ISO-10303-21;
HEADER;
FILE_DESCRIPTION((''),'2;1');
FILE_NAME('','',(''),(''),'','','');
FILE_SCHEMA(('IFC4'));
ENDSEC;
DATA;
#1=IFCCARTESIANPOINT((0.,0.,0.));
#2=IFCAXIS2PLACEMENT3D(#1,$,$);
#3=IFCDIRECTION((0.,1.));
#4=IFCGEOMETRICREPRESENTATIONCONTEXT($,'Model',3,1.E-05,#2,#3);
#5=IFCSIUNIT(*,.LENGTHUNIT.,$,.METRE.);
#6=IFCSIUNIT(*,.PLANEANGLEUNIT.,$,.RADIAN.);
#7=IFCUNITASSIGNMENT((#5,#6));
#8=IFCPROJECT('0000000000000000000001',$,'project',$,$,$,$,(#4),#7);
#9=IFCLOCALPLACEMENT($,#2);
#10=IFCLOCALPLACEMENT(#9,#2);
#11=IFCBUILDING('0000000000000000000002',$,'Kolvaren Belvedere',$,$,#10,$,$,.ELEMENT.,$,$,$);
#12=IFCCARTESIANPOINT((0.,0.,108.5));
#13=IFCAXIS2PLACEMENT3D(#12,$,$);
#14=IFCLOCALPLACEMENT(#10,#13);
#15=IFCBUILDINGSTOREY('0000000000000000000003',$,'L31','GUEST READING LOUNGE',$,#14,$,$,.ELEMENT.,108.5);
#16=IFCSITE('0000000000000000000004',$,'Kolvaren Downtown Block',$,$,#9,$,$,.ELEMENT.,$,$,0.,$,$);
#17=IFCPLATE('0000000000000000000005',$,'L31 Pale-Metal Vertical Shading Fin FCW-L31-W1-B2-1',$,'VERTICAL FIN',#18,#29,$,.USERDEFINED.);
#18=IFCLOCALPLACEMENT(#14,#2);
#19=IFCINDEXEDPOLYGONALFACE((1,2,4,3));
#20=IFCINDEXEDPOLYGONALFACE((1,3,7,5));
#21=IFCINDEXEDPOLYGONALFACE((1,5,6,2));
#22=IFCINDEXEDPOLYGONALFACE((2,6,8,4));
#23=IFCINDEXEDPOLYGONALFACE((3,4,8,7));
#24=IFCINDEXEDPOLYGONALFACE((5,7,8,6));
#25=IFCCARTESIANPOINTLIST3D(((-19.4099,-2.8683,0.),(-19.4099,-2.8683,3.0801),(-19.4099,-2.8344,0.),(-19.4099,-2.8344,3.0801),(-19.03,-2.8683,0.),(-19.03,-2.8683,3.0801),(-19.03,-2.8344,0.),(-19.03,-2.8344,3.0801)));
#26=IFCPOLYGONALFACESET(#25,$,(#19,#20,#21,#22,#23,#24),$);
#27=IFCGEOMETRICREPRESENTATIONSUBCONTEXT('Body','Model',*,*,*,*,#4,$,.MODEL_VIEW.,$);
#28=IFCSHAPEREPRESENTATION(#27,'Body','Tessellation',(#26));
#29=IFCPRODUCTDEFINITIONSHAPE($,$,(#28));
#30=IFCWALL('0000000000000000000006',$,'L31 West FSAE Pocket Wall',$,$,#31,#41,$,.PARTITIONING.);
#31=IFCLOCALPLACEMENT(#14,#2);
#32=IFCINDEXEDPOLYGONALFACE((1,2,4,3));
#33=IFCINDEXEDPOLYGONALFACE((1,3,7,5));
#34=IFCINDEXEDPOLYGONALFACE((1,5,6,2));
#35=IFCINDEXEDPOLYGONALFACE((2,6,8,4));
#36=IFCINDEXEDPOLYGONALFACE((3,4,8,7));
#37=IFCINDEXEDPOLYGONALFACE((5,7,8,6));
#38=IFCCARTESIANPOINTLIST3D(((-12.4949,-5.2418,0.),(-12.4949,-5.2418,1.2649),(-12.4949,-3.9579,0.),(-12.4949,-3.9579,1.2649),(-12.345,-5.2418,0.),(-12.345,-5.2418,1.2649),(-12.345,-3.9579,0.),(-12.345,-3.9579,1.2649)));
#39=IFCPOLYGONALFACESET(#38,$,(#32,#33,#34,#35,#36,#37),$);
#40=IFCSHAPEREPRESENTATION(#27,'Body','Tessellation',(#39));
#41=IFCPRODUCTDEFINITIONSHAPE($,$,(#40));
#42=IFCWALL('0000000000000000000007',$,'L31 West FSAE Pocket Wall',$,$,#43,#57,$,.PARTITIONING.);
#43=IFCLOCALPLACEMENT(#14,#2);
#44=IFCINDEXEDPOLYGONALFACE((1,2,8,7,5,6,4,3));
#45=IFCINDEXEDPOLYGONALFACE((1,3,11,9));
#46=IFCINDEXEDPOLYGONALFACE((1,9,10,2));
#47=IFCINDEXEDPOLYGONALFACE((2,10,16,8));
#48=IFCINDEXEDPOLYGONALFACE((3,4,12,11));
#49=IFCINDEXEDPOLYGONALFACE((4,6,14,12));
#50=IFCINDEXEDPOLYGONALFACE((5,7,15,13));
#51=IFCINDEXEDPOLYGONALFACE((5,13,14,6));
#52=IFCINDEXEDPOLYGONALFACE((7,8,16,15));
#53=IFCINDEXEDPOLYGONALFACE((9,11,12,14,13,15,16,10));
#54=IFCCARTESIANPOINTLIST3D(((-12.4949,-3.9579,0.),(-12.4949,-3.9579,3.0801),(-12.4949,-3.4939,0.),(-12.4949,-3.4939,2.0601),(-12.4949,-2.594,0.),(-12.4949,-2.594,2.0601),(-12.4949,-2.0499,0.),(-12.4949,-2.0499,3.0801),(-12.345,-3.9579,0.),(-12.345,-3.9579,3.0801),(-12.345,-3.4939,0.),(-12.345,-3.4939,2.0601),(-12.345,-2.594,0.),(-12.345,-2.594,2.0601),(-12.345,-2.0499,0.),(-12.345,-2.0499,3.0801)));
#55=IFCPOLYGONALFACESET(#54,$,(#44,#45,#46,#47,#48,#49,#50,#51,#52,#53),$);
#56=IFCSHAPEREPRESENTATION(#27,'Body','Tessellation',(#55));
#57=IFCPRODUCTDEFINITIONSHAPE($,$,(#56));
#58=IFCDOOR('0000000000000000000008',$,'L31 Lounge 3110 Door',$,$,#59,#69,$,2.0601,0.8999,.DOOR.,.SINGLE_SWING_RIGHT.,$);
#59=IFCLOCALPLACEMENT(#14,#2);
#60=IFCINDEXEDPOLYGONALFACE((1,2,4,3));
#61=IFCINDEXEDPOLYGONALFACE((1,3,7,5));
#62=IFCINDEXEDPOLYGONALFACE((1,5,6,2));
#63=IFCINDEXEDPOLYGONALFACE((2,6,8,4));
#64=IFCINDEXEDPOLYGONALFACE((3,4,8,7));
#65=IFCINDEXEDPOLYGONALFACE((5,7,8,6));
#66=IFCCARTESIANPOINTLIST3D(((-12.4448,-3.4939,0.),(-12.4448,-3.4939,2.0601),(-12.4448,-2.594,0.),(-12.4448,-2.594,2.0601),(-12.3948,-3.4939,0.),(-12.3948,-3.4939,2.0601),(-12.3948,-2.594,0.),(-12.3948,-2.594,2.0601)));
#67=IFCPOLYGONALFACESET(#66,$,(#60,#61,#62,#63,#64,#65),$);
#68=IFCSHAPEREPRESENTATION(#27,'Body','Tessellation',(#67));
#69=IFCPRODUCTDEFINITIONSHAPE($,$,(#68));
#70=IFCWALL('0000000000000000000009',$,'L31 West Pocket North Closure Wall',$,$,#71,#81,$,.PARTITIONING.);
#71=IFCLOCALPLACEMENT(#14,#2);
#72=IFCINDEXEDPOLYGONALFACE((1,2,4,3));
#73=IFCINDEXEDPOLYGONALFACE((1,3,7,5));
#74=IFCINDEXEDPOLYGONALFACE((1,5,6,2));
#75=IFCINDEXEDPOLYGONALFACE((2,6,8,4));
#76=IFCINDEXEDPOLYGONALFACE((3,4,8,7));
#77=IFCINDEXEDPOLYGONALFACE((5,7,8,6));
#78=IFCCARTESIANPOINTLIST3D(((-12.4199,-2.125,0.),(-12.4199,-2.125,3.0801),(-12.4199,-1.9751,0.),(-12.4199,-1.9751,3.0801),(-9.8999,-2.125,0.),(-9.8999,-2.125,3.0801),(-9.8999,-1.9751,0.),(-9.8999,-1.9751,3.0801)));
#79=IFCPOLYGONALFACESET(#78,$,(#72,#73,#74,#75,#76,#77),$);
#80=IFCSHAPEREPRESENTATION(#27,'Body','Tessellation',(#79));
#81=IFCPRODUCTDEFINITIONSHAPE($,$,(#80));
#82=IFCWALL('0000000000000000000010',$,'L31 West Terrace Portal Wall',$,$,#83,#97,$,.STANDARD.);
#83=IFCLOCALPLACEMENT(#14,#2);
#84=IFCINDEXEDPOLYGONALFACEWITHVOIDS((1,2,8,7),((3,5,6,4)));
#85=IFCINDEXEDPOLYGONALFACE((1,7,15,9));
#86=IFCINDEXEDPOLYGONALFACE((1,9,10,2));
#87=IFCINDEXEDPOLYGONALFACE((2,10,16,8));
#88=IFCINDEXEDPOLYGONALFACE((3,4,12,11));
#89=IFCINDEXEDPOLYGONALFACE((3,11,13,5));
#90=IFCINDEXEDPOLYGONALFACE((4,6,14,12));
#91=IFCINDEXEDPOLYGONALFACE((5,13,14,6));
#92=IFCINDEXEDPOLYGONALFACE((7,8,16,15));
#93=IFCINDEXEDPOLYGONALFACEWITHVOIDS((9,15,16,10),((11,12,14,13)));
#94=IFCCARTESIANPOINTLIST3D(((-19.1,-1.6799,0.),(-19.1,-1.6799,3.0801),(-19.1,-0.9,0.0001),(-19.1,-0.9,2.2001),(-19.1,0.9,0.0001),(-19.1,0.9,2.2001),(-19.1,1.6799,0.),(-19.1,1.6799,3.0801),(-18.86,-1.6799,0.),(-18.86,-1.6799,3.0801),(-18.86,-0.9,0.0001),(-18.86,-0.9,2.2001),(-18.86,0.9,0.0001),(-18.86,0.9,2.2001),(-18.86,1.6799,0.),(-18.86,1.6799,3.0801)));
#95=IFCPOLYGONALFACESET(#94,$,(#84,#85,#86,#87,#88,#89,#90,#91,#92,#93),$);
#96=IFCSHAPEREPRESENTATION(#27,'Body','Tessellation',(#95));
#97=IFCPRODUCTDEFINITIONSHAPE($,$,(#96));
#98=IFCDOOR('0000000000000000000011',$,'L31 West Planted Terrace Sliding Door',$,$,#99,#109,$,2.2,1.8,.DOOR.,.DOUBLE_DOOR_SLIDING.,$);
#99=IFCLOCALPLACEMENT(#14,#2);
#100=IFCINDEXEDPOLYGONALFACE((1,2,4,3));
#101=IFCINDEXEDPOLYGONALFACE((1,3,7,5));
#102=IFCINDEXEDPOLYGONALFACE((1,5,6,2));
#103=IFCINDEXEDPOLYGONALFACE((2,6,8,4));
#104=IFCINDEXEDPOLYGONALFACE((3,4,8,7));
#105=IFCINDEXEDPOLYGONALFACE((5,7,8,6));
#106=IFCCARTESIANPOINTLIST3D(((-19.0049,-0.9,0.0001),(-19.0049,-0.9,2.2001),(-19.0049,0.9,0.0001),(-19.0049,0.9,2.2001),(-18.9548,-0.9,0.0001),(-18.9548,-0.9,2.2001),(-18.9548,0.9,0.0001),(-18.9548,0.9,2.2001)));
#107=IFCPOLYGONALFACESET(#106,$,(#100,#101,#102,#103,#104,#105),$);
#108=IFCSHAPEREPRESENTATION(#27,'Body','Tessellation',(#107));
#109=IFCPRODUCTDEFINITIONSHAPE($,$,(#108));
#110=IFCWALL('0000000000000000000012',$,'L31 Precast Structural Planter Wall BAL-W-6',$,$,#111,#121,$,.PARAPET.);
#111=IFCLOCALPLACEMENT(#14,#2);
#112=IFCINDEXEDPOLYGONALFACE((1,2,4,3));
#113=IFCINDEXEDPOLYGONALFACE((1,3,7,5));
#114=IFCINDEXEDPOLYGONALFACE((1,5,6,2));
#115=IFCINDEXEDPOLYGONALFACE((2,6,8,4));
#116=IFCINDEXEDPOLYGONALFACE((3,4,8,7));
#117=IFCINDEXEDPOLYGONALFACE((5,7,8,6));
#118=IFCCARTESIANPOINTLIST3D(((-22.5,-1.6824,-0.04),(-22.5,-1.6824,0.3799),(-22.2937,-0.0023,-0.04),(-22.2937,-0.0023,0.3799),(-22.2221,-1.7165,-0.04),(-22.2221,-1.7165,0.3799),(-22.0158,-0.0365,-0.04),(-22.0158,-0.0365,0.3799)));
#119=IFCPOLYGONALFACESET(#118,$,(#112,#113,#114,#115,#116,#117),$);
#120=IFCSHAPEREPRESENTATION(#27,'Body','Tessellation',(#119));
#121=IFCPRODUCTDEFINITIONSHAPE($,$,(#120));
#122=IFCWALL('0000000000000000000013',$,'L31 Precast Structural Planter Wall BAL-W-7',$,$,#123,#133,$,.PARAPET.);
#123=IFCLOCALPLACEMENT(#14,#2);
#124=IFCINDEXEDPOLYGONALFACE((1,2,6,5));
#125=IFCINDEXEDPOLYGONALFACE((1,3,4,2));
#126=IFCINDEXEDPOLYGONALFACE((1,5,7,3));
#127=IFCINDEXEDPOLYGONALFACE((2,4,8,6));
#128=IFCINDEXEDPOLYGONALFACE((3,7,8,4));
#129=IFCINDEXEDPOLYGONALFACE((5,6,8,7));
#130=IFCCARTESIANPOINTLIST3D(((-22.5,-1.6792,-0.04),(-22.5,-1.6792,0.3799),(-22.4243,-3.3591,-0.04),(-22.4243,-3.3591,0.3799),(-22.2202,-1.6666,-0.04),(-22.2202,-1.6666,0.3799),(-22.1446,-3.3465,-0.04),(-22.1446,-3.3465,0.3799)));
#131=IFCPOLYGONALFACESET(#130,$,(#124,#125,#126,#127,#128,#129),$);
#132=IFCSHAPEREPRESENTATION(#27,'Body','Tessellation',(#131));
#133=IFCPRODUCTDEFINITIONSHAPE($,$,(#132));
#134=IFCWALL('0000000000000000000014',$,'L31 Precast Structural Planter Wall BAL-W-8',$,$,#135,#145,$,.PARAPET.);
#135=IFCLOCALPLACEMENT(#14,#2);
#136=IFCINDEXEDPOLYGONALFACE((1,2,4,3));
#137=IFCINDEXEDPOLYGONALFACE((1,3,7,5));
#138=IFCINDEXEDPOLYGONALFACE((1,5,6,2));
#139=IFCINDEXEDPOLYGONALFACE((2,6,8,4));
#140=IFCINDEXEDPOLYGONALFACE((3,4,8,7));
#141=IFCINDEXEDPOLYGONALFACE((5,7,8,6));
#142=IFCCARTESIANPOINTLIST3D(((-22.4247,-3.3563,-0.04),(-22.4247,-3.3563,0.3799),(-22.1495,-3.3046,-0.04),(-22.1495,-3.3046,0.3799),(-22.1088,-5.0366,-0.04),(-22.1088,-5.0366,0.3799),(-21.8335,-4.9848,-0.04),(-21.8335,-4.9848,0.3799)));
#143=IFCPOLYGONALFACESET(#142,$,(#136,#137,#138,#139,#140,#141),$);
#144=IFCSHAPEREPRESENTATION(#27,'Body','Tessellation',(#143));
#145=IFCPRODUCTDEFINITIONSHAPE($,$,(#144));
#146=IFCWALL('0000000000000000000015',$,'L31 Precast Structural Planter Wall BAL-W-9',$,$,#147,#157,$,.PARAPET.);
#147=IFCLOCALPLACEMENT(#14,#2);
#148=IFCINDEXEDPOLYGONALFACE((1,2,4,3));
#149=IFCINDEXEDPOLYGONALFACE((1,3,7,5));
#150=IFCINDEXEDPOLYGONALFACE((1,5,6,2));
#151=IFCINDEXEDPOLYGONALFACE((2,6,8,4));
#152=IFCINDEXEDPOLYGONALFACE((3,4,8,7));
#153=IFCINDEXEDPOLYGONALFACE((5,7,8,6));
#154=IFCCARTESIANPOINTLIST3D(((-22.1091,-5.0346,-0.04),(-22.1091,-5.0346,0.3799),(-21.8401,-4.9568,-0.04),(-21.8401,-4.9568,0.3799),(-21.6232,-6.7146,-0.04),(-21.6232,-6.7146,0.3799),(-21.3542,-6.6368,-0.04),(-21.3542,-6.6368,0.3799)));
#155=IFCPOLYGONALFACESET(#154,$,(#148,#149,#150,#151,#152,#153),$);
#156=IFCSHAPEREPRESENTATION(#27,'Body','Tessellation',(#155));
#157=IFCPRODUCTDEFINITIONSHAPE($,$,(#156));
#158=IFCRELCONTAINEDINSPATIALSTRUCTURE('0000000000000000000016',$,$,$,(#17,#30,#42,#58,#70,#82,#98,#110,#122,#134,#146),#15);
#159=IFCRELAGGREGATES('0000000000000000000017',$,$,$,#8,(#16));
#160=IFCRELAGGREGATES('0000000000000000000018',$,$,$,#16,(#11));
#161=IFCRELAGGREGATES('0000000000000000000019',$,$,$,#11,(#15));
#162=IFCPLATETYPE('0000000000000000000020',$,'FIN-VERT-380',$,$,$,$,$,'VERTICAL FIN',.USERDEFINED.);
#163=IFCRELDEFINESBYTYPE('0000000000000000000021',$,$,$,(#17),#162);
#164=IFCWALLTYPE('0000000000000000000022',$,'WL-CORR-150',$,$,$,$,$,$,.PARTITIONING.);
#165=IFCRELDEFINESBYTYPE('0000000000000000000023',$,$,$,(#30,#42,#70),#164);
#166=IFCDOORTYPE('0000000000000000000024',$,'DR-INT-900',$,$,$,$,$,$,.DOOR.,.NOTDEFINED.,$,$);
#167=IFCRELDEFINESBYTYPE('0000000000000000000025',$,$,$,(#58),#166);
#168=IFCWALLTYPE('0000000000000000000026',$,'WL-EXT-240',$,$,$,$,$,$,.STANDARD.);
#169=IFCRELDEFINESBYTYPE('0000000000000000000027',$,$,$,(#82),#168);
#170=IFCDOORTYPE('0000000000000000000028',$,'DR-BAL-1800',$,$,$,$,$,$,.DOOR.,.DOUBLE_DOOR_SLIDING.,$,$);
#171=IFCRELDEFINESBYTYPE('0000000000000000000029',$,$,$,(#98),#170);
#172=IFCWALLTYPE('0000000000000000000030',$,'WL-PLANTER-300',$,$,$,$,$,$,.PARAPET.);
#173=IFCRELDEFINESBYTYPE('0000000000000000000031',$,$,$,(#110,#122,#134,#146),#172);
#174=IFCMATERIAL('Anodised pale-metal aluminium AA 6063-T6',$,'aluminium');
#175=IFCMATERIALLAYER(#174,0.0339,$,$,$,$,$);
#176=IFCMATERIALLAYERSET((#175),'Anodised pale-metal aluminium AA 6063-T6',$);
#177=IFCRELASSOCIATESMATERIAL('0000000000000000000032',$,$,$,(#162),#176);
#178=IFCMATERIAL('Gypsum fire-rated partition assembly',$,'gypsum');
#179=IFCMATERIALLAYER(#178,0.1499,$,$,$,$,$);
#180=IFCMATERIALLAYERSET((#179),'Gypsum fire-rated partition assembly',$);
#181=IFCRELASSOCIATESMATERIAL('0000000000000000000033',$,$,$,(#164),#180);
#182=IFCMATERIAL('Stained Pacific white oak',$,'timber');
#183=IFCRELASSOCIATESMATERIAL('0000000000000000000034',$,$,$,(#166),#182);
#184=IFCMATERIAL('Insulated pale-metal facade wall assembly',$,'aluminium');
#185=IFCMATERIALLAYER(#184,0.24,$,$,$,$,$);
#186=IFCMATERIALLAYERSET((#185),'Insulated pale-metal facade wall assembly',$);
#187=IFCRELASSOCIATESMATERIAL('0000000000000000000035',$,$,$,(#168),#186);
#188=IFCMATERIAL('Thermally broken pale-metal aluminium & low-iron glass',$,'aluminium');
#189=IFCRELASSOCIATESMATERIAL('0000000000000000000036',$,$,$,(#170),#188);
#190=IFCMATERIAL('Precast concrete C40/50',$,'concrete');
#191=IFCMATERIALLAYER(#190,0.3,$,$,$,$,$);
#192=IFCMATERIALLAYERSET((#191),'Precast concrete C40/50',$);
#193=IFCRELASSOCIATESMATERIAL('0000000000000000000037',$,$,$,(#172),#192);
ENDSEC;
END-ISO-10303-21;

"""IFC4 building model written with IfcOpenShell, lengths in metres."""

from ifc_helpers import new_model, si_unit, direction, frame, frame_2d, origin, origin_2d, place, context, subcontext, project, spatial, rectangle, extrude, material, layer, layer_set, type_object, element, fill, save


model = new_model("IFC4")

# Units and contexts
model_context = context("Model", 3, precision=1e-05, world=origin(), true_north=direction((0.0, 1.0)))
body_context = subcontext(model_context, "Body", "Model", "MODEL_VIEW")
ifc_project = project(units=[si_unit("LENGTHUNIT", "METRE"), si_unit("PLANEANGLEUNIT", "RADIAN")], contexts=[model_context])

# Site, building, storey
site_placement = place(None, origin())
site = spatial("IfcSite", under=ifc_project, at=site_placement, Name="Kolvaren Downtown Block", CompositionType="ELEMENT", RefElevation=0.0)
building_placement = place(site_placement, origin())
building = spatial("IfcBuilding", under=site, at=building_placement, Name="Kolvaren Belvedere", CompositionType="ELEMENT")
storey_placement = place(building_placement, frame((0.0, 0.0, 108.5)))
storey = spatial("IfcBuildingStorey", under=building, at=storey_placement, Name="L31", Description="GUEST READING LOUNGE", CompositionType="ELEMENT", Elevation=108.5)

# Plate
ifc_material_1 = material(Name="Anodised pale-metal aluminium AA 6063-T6", Category="aluminium")
ifc_layer_1 = layer(ifc_material_1, 0.0339)
ifc_layer_set_1 = layer_set([ifc_layer_1], Name="Anodised pale-metal aluminium AA 6063-T6")
plate_type_1 = type_object("IfcPlateType", Name="FIN-VERT-380", ElementType="VERTICAL FIN", PredefinedType="USERDEFINED", material=ifc_layer_set_1)
plate_1_placement = place(storey_placement, frame((-19.22, -2.8513, 0.0), z_axis=(0.0, 0.0, 1.0), x_axis=(1.0, 0.0, 0.0)))
element("IfcPlate", 1, at=plate_1_placement, inside=storey, type_object=plate_type_1, Name="L31 Pale-Metal Vertical Shading Fin FCW-L31-W1-B2-1", ObjectType="VERTICAL FIN", PredefinedType="USERDEFINED", context=body_context, shape_type="SweptSolid", body=[
    extrude(rectangle(XDim=0.3799, YDim=0.0339, at=origin_2d()), origin(), (0.0, 0.0, 1.0), 3.0801),
])

# Wall
ifc_material_2 = material(Name="Gypsum fire-rated partition assembly", Category="gypsum")
ifc_layer_2 = layer(ifc_material_2, 0.1499)
ifc_layer_set_2 = layer_set([ifc_layer_2], Name="Gypsum fire-rated partition assembly")
wall_type_1 = type_object("IfcWallType", Name="WL-CORR-150", PredefinedType="PARTITIONING", material=ifc_layer_set_2)
wall_1_placement = place(storey_placement, frame((-12.4199, -5.2419, 0.0), z_axis=(0.0, 0.0, 1.0), x_axis=(0.0, 1.0, 0.0)))
element("IfcWall", 2, at=wall_1_placement, inside=storey, type_object=wall_type_1, Name="L31 West FSAE Pocket Wall", PredefinedType="PARTITIONING", context=body_context, shape_type="SweptSolid", body=[
    extrude(rectangle(XDim=1.2839, YDim=0.1499, at=frame_2d((0.6421, 0.0))), origin(), (0.0, 0.0, 1.0), 1.2649),
])

# Wall, opening, door
wall_2_placement = place(storey_placement, frame((-12.4199, -3.958, 0.0), z_axis=(0.0, 0.0, 1.0), x_axis=(0.0, 1.0, 0.0)))
wall_2 = element("IfcWall", 3, at=wall_2_placement, inside=storey, type_object=wall_type_1, Name="L31 West FSAE Pocket Wall", PredefinedType="PARTITIONING", context=body_context, shape_type="SweptSolid", body=[
    extrude(rectangle(XDim=1.908, YDim=0.1499, at=frame_2d((0.9541, 0.0))), origin(), (0.0, 0.0, 1.0), 3.0801),
])
opening_1_placement = place(wall_2_placement, frame((0.4641, 0.0, 0.0)))
opening_1 = element("IfcOpeningElement", 4, at=opening_1_placement, cuts=wall_2, PredefinedType="OPENING", context=body_context, shape_type="SweptSolid", body=[
    extrude(rectangle(XDim=0.8999, YDim=2.0601, at=frame_2d((0.45, 1.03))), frame((0.0, 0.085, 0.0), z_axis=(0.0, -1.0, 0.0), x_axis=(1.0, 0.0, 0.0)), (0.0, 0.0, 1.0), 0.1699),
])
ifc_material_3 = material(Name="Stained Pacific white oak", Category="timber")
door_type_1 = type_object("IfcDoorType", Name="DR-INT-900", OperationType="NOTDEFINED", PredefinedType="DOOR", material=ifc_material_3)
door_1_placement = place(opening_1_placement, origin())
door_1 = element("IfcDoor", 5, at=door_1_placement, inside=storey, type_object=door_type_1, Name="L31 Lounge 3110 Door", OperationType="SINGLE_SWING_RIGHT", OverallHeight=2.0601, OverallWidth=0.8999, PredefinedType="DOOR", context=body_context, shape_type="SweptSolid", body=[
    extrude(rectangle(XDim=0.8999, YDim=2.0601, at=frame_2d((0.45, 1.03))), frame((0.0, 0.0249, 0.0), z_axis=(0.0, -1.0, 0.0), x_axis=(1.0, 0.0, 0.0)), (0.0, 0.0, 1.0), 0.05),
])
fill(opening_1, door_1)

# Wall
wall_3_placement = place(storey_placement, frame((-12.4199, -2.05, 0.0), z_axis=(0.0, 0.0, 1.0), x_axis=(1.0, 0.0, 0.0)))
element("IfcWall", 6, at=wall_3_placement, inside=storey, type_object=wall_type_1, Name="L31 West Pocket North Closure Wall", PredefinedType="PARTITIONING", context=body_context, shape_type="SweptSolid", body=[
    extrude(rectangle(XDim=2.52, YDim=0.1499, at=frame_2d((1.26, 0.0))), origin(), (0.0, 0.0, 1.0), 3.0801),
])

# Wall, opening, door
ifc_material_4 = material(Name="Insulated pale-metal facade wall assembly", Category="aluminium")
ifc_layer_3 = layer(ifc_material_4, 0.24)
ifc_layer_set_3 = layer_set([ifc_layer_3], Name="Insulated pale-metal facade wall assembly")
wall_type_2 = type_object("IfcWallType", Name="WL-EXT-240", PredefinedType="STANDARD", material=ifc_layer_set_3)
wall_4_placement = place(storey_placement, frame((-18.98, -1.6799, 0.0), z_axis=(0.0, 0.0, 1.0), x_axis=(0.0, 1.0, 0.0)))
wall_4 = element("IfcWall", 7, at=wall_4_placement, inside=storey, type_object=wall_type_2, Name="L31 West Terrace Portal Wall", PredefinedType="STANDARD", context=body_context, shape_type="SweptSolid", body=[
    extrude(rectangle(XDim=3.3599, YDim=0.24, at=frame_2d((1.6799, 0.0))), origin(), (0.0, 0.0, 1.0), 3.0801),
])
opening_2_placement = place(wall_4_placement, frame((0.78, 0.0, 0.0)))
opening_2 = element("IfcOpeningElement", 8, at=opening_2_placement, cuts=wall_4, PredefinedType="OPENING", context=body_context, shape_type="SweptSolid", body=[
    extrude(rectangle(XDim=1.8, YDim=2.2, at=frame_2d((0.8999, 1.1001))), frame((0.0, 0.1299, 0.0), z_axis=(0.0, -1.0, 0.0), x_axis=(1.0, 0.0, 0.0)), (0.0, 0.0, 1.0), 0.26),
])
ifc_material_5 = material(Name="Thermally broken pale-metal aluminium & low-iron glass", Category="aluminium")
door_type_2 = type_object("IfcDoorType", Name="DR-BAL-1800", OperationType="DOUBLE_DOOR_SLIDING", PredefinedType="DOOR", material=ifc_material_5)
door_2_placement = place(opening_2_placement, origin())
door_2 = element("IfcDoor", 9, at=door_2_placement, inside=storey, type_object=door_type_2, Name="L31 West Planted Terrace Sliding Door", OperationType="DOUBLE_DOOR_SLIDING", OverallHeight=2.2, OverallWidth=1.8, PredefinedType="DOOR", context=body_context, shape_type="SweptSolid", body=[
    extrude(rectangle(XDim=1.8, YDim=2.2, at=frame_2d((0.8999, 1.1001))), frame((0.0, 0.0249, 0.0), z_axis=(0.0, -1.0, 0.0), x_axis=(1.0, 0.0, 0.0)), (0.0, 0.0, 1.0), 0.05),
])
fill(opening_2, door_2)

# Walls
ifc_material_6 = material(Name="Precast concrete C40/50", Category="concrete")
ifc_layer_4 = layer(ifc_material_6, 0.3)
ifc_layer_set_4 = layer_set([ifc_layer_4], Name="Precast concrete C40/50")
wall_type_3 = type_object("IfcWallType", Name="WL-PLANTER-300", PredefinedType="PARAPET", material=ifc_layer_set_4)
wall_5_placement = place(storey_placement, frame((-22.1548, -0.0195, -0.04), z_axis=(0.0, 0.0, 1.0), x_axis=(-0.121886, -0.992544, 0.0)))
element("IfcWall", 10, at=wall_5_placement, inside=storey, type_object=wall_type_3, Name="L31 Precast Structural Planter Wall BAL-W-6", PredefinedType="PARAPET", context=body_context, shape_type="SweptSolid", body=[
    extrude(rectangle(XDim=1.6926, YDim=0.28, at=frame_2d((0.8462, 0.0))), origin(), (0.0, 0.0, 1.0), 0.4199),
])
wall_6_placement = place(storey_placement, frame((-22.3601, -1.6729, -0.04), z_axis=(0.0, 0.0, 1.0), x_axis=(0.045006, -0.998987, 0.0)))
element("IfcWall", 11, at=wall_6_placement, inside=storey, type_object=wall_type_3, Name="L31 Precast Structural Planter Wall BAL-W-7", PredefinedType="PARAPET", context=body_context, shape_type="SweptSolid", body=[
    extrude(rectangle(XDim=1.6816, YDim=0.28, at=frame_2d((0.8408, 0.0))), origin(), (0.0, 0.0, 1.0), 0.4199),
])
wall_7_placement = place(storey_placement, frame((-22.2871, -3.3303, -0.04), z_axis=(0.0, 0.0, 1.0), x_axis=(0.184789, -0.982778, 0.0)))
element("IfcWall", 12, at=wall_7_placement, inside=storey, type_object=wall_type_3, Name="L31 Precast Structural Planter Wall BAL-W-8", PredefinedType="PARAPET", context=body_context, shape_type="SweptSolid", body=[
    extrude(rectangle(XDim=1.7097, YDim=0.28, at=frame_2d((0.855, 0.0))), origin(), (0.0, 0.0, 1.0), 0.4199),
])
wall_8_placement = place(storey_placement, frame((-21.9746, -4.9956, -0.04), z_axis=(0.0, 0.0, 1.0), x_axis=(0.277817, -0.960634, 0.0)))
element("IfcWall", 13, at=wall_8_placement, inside=storey, type_object=wall_type_3, Name="L31 Precast Structural Planter Wall BAL-W-9", PredefinedType="PARAPET", context=body_context, shape_type="SweptSolid", body=[
    extrude(rectangle(XDim=1.7488, YDim=0.28, at=frame_2d((0.8745, 0.0))), origin(), (0.0, 0.0, 1.0), 0.4199),
])

save(model, "model.ifc")
